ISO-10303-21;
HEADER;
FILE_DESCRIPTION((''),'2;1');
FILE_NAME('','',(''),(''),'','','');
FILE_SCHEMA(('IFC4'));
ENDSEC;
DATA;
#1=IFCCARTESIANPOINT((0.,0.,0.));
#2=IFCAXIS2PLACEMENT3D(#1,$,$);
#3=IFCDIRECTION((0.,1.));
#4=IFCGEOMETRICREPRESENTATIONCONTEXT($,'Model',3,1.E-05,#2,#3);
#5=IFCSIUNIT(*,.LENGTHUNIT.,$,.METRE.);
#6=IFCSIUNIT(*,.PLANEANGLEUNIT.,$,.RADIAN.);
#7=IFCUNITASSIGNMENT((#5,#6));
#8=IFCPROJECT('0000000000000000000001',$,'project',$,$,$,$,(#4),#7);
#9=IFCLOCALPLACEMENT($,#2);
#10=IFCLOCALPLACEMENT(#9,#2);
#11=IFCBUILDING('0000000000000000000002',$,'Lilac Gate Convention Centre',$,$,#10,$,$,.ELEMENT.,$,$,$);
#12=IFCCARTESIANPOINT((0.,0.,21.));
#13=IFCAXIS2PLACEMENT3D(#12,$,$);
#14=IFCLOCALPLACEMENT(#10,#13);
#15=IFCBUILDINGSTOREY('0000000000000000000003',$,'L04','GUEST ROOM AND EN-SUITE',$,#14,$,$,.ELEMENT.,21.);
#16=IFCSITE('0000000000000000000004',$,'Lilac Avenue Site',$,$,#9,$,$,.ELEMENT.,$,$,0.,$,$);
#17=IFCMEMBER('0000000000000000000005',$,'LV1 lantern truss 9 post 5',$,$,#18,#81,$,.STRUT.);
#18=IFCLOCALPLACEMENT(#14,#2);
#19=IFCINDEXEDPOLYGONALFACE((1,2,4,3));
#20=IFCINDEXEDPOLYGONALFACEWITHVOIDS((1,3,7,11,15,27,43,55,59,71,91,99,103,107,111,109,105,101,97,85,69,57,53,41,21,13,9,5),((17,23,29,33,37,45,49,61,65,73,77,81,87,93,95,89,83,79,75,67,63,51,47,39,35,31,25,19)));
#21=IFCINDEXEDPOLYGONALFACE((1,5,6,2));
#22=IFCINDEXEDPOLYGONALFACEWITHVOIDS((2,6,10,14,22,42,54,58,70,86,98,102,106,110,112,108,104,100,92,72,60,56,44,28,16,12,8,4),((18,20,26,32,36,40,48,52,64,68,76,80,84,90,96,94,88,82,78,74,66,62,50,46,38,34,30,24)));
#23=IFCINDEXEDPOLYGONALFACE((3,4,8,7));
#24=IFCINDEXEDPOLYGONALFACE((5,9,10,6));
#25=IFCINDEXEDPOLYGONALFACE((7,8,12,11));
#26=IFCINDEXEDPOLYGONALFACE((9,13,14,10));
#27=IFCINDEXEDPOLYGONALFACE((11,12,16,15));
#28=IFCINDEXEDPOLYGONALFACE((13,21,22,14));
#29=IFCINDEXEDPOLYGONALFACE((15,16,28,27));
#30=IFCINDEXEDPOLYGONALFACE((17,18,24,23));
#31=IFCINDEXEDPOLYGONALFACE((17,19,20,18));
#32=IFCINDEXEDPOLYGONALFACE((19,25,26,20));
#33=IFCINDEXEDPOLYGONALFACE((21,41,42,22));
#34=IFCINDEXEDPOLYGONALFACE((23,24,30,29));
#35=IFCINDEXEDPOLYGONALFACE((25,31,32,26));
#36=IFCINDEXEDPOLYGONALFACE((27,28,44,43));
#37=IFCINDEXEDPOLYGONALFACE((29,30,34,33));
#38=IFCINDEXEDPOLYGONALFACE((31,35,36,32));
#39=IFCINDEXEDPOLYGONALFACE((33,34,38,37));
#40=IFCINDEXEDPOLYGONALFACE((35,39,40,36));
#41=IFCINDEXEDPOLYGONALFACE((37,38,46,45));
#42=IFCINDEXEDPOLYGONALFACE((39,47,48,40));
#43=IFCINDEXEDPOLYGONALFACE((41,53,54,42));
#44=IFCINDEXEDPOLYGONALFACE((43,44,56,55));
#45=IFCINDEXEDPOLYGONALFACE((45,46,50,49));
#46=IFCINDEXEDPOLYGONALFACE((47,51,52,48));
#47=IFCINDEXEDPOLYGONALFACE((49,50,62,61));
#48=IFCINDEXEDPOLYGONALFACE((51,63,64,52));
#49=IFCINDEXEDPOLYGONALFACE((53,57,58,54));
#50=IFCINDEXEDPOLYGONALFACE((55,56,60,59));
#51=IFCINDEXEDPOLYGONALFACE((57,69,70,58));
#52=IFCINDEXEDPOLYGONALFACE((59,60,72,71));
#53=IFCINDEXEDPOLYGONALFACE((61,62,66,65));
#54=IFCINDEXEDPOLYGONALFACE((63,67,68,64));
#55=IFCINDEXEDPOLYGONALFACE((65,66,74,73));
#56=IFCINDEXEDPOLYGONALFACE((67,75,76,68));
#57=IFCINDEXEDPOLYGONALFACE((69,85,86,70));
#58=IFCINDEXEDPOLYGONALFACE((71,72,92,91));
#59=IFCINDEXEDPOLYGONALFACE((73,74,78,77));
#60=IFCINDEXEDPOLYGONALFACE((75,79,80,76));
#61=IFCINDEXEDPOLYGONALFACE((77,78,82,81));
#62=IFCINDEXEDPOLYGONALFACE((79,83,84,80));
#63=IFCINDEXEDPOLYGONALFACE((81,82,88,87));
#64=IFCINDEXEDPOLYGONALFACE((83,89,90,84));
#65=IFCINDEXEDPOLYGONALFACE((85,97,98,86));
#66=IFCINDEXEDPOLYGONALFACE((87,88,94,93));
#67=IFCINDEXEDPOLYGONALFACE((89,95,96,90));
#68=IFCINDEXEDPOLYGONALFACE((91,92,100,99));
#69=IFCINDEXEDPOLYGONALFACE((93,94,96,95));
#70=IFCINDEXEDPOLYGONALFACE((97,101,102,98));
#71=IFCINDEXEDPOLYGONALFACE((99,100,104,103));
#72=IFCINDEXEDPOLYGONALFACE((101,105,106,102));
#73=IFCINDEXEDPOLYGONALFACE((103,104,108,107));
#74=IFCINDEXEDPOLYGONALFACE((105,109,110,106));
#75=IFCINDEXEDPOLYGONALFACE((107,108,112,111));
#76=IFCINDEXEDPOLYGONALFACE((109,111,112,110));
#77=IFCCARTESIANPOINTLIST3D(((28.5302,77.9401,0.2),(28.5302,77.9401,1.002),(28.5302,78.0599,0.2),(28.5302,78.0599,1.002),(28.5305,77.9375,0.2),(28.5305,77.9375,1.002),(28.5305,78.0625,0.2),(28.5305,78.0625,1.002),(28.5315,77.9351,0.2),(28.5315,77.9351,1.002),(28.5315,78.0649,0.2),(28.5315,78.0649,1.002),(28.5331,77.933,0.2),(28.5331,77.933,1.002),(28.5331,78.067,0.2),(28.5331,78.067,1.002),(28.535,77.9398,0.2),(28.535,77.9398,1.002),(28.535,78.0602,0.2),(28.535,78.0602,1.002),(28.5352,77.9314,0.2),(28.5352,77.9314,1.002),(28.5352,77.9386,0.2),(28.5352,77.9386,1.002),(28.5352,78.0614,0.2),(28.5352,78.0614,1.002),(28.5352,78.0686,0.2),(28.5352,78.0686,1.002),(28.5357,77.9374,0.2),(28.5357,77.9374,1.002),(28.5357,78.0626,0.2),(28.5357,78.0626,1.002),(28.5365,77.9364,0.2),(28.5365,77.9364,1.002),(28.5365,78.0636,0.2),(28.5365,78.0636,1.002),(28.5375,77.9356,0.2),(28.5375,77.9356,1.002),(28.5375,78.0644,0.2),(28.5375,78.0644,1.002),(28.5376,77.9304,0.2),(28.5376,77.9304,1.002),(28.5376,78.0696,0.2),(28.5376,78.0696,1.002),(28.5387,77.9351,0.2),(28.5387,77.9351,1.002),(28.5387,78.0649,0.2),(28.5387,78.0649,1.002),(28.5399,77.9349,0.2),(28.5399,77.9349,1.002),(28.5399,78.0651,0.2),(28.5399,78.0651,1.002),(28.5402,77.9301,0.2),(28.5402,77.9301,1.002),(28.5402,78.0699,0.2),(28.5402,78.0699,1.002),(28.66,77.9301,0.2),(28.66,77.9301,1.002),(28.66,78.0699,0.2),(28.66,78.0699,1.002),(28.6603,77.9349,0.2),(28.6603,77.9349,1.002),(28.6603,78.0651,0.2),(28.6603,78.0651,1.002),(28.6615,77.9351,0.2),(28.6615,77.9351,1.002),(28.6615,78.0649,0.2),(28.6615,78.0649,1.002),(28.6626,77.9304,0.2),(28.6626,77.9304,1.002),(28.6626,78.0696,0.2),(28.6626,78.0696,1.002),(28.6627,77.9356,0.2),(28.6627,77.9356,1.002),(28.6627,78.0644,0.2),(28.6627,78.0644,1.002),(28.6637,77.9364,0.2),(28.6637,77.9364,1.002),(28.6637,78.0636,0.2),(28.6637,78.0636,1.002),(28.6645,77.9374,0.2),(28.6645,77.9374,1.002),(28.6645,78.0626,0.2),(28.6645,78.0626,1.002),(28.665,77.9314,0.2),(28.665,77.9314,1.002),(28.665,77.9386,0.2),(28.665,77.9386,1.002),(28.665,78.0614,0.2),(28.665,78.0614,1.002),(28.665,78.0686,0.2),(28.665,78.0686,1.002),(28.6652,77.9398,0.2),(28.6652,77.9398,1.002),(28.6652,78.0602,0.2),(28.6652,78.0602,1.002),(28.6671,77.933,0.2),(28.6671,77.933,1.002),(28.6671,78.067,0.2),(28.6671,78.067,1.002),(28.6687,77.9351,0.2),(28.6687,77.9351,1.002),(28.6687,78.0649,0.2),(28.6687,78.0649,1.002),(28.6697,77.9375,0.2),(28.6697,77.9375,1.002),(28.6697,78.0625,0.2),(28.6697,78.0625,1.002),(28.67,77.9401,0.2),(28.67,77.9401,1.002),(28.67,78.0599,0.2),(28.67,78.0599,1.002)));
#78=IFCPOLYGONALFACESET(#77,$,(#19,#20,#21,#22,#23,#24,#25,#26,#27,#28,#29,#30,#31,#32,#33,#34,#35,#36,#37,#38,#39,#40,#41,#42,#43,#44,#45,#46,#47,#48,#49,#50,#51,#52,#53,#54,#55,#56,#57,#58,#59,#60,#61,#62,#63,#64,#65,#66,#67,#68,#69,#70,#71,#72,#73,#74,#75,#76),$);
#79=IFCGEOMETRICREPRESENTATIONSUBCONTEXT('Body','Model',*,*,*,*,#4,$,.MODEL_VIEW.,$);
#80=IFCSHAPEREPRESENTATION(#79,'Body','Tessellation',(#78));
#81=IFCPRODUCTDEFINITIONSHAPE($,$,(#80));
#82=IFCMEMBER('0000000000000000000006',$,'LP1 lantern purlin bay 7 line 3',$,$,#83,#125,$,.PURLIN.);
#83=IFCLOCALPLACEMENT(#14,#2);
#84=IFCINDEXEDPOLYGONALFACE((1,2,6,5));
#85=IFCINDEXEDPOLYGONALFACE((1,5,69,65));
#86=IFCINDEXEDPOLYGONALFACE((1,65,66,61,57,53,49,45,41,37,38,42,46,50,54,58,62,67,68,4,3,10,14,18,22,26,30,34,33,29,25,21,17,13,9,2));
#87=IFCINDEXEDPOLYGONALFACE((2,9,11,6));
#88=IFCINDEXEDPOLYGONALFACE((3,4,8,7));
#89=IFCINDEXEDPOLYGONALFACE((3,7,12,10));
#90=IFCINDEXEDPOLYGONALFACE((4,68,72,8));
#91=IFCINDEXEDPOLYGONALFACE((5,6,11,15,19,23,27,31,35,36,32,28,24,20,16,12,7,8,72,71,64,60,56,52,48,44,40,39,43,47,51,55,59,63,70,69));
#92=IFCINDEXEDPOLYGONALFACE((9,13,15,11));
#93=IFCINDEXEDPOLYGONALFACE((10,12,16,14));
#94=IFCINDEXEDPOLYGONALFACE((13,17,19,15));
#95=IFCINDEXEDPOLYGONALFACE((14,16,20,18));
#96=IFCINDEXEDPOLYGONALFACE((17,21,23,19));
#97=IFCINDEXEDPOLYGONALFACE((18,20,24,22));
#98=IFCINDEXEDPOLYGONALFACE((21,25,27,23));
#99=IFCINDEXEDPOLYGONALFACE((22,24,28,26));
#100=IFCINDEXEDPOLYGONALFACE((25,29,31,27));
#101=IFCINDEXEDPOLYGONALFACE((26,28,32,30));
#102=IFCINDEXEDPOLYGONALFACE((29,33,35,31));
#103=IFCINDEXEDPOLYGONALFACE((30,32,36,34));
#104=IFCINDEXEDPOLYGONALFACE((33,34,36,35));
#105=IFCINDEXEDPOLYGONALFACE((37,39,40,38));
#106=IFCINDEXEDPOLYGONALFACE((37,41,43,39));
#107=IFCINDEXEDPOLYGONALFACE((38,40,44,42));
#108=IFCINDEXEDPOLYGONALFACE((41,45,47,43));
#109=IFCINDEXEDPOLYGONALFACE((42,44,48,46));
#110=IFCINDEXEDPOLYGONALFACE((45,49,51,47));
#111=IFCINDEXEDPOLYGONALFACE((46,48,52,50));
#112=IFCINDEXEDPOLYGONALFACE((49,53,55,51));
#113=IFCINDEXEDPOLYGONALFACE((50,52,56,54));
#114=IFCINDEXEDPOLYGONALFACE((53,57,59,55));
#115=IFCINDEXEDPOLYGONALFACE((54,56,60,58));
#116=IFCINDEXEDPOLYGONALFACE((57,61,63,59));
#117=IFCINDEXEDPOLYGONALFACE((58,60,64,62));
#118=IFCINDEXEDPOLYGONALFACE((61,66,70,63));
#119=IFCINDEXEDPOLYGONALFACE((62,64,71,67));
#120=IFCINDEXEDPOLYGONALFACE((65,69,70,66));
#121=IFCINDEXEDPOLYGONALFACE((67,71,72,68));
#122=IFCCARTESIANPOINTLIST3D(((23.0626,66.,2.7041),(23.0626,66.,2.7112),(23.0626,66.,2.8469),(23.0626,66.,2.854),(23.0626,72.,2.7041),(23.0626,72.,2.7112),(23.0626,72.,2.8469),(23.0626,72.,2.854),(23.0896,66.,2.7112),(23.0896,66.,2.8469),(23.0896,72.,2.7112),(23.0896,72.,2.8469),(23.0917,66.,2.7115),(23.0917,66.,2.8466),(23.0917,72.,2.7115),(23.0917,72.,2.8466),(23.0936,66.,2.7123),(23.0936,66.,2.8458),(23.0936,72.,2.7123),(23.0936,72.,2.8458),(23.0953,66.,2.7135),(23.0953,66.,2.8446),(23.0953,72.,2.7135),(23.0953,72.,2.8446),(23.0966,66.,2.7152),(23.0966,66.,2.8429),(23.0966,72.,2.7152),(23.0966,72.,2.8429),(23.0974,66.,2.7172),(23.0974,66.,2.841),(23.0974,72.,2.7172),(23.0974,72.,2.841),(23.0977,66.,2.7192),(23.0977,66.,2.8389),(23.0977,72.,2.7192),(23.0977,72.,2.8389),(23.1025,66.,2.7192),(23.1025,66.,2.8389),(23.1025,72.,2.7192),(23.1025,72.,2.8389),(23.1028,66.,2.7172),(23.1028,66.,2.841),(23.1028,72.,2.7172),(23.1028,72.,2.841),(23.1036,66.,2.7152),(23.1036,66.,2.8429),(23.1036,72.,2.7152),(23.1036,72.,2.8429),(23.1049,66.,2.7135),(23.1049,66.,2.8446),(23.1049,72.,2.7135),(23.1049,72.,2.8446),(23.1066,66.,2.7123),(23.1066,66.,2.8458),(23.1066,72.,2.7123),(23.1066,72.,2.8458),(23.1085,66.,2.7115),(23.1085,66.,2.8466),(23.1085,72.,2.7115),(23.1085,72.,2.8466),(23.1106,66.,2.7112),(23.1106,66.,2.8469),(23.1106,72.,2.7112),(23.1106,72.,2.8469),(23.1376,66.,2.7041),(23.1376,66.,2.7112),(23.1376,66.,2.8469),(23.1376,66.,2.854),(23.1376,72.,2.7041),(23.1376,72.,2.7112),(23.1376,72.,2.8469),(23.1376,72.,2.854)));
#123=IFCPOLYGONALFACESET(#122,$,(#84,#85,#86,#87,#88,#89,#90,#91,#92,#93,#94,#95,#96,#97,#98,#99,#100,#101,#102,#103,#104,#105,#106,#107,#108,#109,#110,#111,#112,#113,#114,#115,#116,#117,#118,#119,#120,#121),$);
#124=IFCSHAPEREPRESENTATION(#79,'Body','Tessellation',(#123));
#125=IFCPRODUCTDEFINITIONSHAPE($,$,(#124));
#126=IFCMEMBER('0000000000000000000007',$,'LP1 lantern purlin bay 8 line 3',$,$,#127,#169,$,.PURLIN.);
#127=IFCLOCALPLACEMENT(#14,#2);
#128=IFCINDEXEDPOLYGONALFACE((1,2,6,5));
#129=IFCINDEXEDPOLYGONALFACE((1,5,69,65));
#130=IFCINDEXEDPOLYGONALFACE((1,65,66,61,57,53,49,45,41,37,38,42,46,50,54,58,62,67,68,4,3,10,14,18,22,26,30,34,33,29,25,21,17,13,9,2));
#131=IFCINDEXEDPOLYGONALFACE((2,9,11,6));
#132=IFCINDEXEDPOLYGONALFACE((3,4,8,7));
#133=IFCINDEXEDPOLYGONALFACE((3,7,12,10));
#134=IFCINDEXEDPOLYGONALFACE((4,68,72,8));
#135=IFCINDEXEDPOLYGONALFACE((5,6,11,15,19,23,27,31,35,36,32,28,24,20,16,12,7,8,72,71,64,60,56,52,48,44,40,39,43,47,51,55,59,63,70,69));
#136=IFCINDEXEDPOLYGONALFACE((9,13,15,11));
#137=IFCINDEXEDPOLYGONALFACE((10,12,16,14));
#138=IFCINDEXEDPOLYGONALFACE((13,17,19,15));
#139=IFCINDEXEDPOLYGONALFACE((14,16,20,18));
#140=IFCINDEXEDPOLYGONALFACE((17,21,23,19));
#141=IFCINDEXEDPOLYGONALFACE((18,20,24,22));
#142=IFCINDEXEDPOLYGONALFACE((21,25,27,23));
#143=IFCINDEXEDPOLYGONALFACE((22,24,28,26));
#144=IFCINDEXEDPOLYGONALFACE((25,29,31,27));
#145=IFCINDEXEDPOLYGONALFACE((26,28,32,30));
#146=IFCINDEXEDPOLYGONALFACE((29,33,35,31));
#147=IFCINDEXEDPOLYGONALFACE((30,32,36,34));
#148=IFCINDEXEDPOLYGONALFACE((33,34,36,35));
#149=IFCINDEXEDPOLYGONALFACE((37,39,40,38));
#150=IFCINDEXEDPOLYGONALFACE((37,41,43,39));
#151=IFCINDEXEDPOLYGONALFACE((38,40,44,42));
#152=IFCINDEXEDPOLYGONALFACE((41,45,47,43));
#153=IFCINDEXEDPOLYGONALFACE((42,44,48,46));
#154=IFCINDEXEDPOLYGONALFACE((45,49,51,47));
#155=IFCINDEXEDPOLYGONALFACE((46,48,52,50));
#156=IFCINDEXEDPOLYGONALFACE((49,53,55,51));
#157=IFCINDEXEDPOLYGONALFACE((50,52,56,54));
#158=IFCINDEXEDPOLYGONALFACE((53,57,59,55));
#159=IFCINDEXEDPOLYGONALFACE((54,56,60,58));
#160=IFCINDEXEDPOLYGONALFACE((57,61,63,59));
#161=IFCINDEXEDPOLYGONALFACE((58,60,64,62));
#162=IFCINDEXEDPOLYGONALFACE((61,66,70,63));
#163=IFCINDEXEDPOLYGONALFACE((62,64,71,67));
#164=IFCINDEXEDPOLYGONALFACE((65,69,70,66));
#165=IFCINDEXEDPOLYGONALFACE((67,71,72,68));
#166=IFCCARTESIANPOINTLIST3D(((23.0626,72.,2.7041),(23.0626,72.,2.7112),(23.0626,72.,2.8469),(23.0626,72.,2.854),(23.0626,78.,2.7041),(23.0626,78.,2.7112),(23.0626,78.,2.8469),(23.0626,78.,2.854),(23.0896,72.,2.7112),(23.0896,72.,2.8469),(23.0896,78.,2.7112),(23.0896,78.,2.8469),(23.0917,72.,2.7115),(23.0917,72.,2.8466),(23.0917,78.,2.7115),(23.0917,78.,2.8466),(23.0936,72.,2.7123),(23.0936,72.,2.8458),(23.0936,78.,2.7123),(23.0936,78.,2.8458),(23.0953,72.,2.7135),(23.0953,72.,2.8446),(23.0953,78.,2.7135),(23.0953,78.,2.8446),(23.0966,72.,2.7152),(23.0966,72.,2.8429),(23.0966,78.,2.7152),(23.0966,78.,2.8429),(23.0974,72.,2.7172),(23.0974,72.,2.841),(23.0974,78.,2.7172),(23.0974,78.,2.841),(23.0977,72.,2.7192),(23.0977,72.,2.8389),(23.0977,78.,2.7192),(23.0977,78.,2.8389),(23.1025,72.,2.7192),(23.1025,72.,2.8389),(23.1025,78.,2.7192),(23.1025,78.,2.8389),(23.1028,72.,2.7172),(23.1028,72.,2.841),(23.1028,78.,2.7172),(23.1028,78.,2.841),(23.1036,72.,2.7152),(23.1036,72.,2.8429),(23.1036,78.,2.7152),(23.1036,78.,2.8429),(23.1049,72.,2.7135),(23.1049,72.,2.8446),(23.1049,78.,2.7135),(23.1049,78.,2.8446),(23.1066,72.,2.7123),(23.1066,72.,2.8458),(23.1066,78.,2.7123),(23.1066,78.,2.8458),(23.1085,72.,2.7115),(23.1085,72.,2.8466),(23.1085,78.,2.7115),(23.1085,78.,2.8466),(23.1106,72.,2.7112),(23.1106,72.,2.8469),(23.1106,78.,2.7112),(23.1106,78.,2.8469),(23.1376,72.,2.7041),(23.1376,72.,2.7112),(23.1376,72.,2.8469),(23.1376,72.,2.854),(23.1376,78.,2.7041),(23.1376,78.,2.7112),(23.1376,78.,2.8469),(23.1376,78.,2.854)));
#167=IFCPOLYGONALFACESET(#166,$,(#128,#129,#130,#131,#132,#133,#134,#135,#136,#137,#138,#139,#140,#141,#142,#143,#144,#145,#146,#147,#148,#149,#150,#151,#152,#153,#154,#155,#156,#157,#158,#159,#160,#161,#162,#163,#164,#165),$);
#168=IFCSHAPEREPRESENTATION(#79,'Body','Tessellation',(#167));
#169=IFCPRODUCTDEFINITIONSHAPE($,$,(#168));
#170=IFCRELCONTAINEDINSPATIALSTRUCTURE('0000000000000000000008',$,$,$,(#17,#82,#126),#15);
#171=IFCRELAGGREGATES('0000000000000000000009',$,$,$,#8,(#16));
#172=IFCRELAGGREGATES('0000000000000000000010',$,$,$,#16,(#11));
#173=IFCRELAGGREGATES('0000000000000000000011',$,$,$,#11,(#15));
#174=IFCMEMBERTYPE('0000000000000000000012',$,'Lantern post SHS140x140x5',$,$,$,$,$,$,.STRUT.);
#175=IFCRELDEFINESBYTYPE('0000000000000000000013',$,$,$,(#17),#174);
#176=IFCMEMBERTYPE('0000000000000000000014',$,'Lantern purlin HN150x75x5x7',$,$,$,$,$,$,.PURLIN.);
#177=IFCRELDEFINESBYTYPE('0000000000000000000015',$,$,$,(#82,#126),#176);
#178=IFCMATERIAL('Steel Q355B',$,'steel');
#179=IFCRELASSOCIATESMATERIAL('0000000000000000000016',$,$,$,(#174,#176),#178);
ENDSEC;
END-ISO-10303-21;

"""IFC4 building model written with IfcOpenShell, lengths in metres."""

from ifc_helpers import new_model, si_unit, direction, frame, origin, origin_2d, place, context, subcontext, project, spatial, hollow_rectangle, i_section, extrude, material, material_profile, profile_set, type_object, element, save


model = new_model("IFC4")

# Units and contexts
model_context = context("Model", 3, precision=1e-05, world=origin(), true_north=direction((0.0, 1.0)))
body_context = subcontext(model_context, "Body", "Model", "MODEL_VIEW")
ifc_project = project(units=[si_unit("LENGTHUNIT", "METRE"), si_unit("PLANEANGLEUNIT", "RADIAN")], contexts=[model_context])

# Site, building, storey
site_placement = place(None, origin())
site = spatial("IfcSite", under=ifc_project, at=site_placement, Name="Lilac Avenue Site", CompositionType="ELEMENT", RefElevation=0.0)
building_placement = place(site_placement, origin())
building = spatial("IfcBuilding", under=site, at=building_placement, Name="Lilac Gate Convention Centre", CompositionType="ELEMENT")
storey_placement = place(building_placement, frame((0.0, 0.0, 21.0)))
storey = spatial("IfcBuildingStorey", under=building, at=storey_placement, Name="L04", Description="GUEST ROOM AND EN-SUITE", CompositionType="ELEMENT", Elevation=21.0)

# Members
ifc_material_1 = material(Name="Steel Q355B", Category="steel")
ifc_material_profile_1 = material_profile(ifc_material_1, hollow_rectangle(XDim=0.1399, YDim=0.1399, WallThickness=0.0049, InnerFilletRadius=0.0049, OuterFilletRadius=0.01, at=origin_2d()), Name="SHS140x140x5")
ifc_profile_set_1 = profile_set([ifc_material_profile_1], Name="Steel Q355B")
member_type_1 = type_object("IfcMemberType", Name="Lantern post SHS140x140x5", PredefinedType="STRUT", material=ifc_profile_set_1)
member_1_placement = place(storey_placement, frame((28.6001, 78.0, 0.2), z_axis=(0.0, 0.0, 1.0), x_axis=(1.0, 0.0, 0.0)))
element("IfcMember", 1, at=member_1_placement, inside=storey, type_object=member_type_1, Name="LV1 lantern truss 9 post 5", PredefinedType="STRUT", context=body_context, shape_type="SweptSolid", body=[
    extrude(hollow_rectangle(XDim=0.1399, YDim=0.1399, WallThickness=0.0049, InnerFilletRadius=0.0049, OuterFilletRadius=0.01, at=origin_2d()), origin(), (0.0, 0.0, 1.0), 0.802),
])
ifc_material_profile_2 = material_profile(ifc_material_1, i_section(OverallWidth=0.075, OverallDepth=0.1499, WebThickness=0.0049, FlangeThickness=0.0071, FilletRadius=0.0081, at=origin_2d()), Name="HN150x75x5x7")
ifc_profile_set_2 = profile_set([ifc_material_profile_2], Name="Steel Q355B")
member_type_2 = type_object("IfcMemberType", Name="Lantern purlin HN150x75x5x7", PredefinedType="PURLIN", material=ifc_profile_set_2)
for number, where, z_axis, x_axis, name in (
    (2, (23.1001, 66.0, 2.7791), (0.0, 1.0, 0.0), (-1.0, 0.0, 0.0), "LP1 lantern purlin bay 7 line 3"),
    (3, (23.1001, 72.0, 2.7791), (0.0, 1.0, 0.0), (-1.0, 0.0, 0.0), "LP1 lantern purlin bay 8 line 3"),
):
    element("IfcMember", number, at=place(storey_placement, frame(where, z_axis=z_axis, x_axis=x_axis)), inside=storey, type_object=member_type_2, Name=name, PredefinedType="PURLIN", context=body_context, shape_type="SweptSolid", body=[
        extrude(i_section(OverallWidth=0.075, OverallDepth=0.1499, WebThickness=0.0049, FlangeThickness=0.0071, FilletRadius=0.0081, at=origin_2d()), origin(), (0.0, 0.0, 1.0), 6.0),
    ])

save(model, "model.ifc")
